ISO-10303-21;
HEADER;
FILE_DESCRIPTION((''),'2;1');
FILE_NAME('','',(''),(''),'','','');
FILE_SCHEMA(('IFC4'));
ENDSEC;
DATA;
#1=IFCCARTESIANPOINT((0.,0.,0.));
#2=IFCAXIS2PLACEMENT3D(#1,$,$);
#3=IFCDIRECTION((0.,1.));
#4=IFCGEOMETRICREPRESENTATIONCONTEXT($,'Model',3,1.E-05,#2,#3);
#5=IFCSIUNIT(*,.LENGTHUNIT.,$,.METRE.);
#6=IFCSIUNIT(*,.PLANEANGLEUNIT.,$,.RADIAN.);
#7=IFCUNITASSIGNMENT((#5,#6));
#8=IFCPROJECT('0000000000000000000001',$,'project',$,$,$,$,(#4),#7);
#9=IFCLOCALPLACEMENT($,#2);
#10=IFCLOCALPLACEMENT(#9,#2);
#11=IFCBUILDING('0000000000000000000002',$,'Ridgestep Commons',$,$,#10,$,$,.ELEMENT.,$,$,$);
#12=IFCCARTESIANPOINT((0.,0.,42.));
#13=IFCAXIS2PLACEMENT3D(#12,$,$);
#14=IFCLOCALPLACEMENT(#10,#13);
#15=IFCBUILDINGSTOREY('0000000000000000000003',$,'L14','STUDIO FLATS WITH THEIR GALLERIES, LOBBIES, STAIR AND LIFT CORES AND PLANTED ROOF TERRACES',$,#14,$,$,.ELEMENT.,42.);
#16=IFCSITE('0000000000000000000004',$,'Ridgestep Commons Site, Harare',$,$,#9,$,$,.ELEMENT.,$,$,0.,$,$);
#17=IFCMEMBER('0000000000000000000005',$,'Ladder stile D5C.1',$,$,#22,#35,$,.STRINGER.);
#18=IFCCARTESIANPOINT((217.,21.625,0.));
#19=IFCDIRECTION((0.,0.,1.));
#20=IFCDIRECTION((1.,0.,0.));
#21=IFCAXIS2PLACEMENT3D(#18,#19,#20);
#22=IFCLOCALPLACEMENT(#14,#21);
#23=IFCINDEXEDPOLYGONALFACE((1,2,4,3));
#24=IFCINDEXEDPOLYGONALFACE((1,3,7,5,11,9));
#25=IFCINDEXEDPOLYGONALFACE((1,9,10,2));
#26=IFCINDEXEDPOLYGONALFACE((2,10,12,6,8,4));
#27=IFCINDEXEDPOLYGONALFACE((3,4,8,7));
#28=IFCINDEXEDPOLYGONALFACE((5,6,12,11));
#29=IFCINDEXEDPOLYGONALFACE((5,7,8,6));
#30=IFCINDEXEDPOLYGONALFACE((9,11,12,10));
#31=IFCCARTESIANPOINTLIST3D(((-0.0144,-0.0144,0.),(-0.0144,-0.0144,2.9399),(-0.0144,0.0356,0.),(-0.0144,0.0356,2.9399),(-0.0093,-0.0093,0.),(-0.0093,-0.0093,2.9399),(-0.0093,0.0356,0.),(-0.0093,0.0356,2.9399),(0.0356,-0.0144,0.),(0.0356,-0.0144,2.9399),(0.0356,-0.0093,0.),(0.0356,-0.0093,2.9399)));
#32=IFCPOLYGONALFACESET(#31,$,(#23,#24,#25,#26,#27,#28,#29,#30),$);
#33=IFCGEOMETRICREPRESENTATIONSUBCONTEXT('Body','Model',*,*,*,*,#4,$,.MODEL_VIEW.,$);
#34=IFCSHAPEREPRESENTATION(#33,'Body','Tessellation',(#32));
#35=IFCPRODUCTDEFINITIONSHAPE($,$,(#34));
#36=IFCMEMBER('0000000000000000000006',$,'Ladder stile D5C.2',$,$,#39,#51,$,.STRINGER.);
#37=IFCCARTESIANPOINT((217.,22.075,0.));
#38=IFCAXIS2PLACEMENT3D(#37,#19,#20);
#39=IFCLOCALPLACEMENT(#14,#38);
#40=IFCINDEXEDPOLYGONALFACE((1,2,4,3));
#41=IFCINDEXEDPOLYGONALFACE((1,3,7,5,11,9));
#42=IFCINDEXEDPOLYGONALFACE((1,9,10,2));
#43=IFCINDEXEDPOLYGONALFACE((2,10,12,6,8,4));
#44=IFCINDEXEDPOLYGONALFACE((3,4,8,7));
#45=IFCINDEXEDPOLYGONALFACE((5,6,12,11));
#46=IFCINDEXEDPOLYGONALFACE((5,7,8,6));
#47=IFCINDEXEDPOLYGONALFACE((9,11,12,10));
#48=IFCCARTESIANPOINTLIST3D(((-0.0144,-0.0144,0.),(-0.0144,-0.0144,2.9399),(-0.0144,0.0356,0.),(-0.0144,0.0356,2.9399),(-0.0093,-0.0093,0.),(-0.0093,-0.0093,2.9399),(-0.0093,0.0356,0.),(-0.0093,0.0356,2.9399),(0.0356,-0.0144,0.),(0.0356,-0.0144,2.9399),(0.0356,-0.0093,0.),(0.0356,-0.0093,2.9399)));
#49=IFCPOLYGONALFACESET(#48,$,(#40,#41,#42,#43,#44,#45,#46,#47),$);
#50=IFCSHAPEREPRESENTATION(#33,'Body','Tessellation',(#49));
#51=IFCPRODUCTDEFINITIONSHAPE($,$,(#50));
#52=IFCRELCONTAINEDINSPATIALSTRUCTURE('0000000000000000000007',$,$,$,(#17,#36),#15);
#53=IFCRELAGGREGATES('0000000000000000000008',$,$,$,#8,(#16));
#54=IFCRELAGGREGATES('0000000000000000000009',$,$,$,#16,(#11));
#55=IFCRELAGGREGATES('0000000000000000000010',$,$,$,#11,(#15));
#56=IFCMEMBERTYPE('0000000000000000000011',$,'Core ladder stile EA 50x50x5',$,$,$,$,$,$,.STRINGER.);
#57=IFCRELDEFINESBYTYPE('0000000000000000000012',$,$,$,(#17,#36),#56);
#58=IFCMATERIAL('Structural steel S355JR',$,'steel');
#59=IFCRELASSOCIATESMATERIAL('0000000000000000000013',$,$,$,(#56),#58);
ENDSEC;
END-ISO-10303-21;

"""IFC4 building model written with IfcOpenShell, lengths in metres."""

from ifc_helpers import new_model, si_unit, direction, frame, origin, place, context, subcontext, project, spatial, polyline, outline, extrude, material, material_profile, profile_set, type_object, element, save


model = new_model("IFC4")

# Units and contexts
model_context = context("Model", 3, precision=1e-05, world=origin(), true_north=direction((0.0, 1.0)))
body_context = subcontext(model_context, "Body", "Model", "MODEL_VIEW")
ifc_project = project(units=[si_unit("LENGTHUNIT", "METRE"), si_unit("PLANEANGLEUNIT", "RADIAN")], contexts=[model_context])

# Site, building, storey
site_placement = place(None, origin())
site = spatial("IfcSite", under=ifc_project, at=site_placement, Name="Ridgestep Commons Site, Harare", CompositionType="ELEMENT", RefElevation=0.0)
building_placement = place(site_placement, origin())
building = spatial("IfcBuilding", under=site, at=building_placement, Name="Ridgestep Commons", CompositionType="ELEMENT")
storey_placement = place(building_placement, frame((0.0, 0.0, 42.0)))
storey = spatial("IfcBuildingStorey", under=building, at=storey_placement, Name="L14", Description="STUDIO FLATS WITH THEIR GALLERIES, LOBBIES, STAIR AND LIFT CORES AND PLANTED ROOF TERRACES", CompositionType="ELEMENT", Elevation=42.0)

# Members
ifc_material_1 = material(Name="Structural steel S355JR", Category="steel")
ifc_material_profile_1 = material_profile(ifc_material_1, outline(polyline([(-0.0144, -0.0144), (0.0356, -0.0144), (0.0356, -0.0093), (-0.0093, -0.0093), (-0.0093, 0.0356), (-0.0144, 0.0356), (-0.0144, -0.0144)])), Name="EA 50x50x5")
ifc_profile_set_1 = profile_set([ifc_material_profile_1], Name="Structural steel S355JR")
member_type_1 = type_object("IfcMemberType", Name="Core ladder stile EA 50x50x5", PredefinedType="STRINGER", material=ifc_profile_set_1)
for number, where, z_axis, x_axis, name in (
    (1, (217.0, 21.625, 0.0), (0.0, 0.0, 1.0), (1.0, 0.0, 0.0), "Ladder stile D5C.1"),
    (2, (217.0, 22.075, 0.0), (0.0, 0.0, 1.0), (1.0, 0.0, 0.0), "Ladder stile D5C.2"),
):
    element("IfcMember", number, at=place(storey_placement, frame(where, z_axis=z_axis, x_axis=x_axis)), inside=storey, type_object=member_type_1, Name=name, PredefinedType="STRINGER", context=body_context, shape_type="SweptSolid", body=[
        extrude(outline(polyline([(-0.0144, -0.0144), (0.0356, -0.0144), (0.0356, -0.0093), (-0.0093, -0.0093), (-0.0093, 0.0356), (-0.0144, 0.0356), (-0.0144, -0.0144)])), origin(), (0.0, 0.0, 1.0), 2.9399),
    ])

save(model, "model.ifc")
